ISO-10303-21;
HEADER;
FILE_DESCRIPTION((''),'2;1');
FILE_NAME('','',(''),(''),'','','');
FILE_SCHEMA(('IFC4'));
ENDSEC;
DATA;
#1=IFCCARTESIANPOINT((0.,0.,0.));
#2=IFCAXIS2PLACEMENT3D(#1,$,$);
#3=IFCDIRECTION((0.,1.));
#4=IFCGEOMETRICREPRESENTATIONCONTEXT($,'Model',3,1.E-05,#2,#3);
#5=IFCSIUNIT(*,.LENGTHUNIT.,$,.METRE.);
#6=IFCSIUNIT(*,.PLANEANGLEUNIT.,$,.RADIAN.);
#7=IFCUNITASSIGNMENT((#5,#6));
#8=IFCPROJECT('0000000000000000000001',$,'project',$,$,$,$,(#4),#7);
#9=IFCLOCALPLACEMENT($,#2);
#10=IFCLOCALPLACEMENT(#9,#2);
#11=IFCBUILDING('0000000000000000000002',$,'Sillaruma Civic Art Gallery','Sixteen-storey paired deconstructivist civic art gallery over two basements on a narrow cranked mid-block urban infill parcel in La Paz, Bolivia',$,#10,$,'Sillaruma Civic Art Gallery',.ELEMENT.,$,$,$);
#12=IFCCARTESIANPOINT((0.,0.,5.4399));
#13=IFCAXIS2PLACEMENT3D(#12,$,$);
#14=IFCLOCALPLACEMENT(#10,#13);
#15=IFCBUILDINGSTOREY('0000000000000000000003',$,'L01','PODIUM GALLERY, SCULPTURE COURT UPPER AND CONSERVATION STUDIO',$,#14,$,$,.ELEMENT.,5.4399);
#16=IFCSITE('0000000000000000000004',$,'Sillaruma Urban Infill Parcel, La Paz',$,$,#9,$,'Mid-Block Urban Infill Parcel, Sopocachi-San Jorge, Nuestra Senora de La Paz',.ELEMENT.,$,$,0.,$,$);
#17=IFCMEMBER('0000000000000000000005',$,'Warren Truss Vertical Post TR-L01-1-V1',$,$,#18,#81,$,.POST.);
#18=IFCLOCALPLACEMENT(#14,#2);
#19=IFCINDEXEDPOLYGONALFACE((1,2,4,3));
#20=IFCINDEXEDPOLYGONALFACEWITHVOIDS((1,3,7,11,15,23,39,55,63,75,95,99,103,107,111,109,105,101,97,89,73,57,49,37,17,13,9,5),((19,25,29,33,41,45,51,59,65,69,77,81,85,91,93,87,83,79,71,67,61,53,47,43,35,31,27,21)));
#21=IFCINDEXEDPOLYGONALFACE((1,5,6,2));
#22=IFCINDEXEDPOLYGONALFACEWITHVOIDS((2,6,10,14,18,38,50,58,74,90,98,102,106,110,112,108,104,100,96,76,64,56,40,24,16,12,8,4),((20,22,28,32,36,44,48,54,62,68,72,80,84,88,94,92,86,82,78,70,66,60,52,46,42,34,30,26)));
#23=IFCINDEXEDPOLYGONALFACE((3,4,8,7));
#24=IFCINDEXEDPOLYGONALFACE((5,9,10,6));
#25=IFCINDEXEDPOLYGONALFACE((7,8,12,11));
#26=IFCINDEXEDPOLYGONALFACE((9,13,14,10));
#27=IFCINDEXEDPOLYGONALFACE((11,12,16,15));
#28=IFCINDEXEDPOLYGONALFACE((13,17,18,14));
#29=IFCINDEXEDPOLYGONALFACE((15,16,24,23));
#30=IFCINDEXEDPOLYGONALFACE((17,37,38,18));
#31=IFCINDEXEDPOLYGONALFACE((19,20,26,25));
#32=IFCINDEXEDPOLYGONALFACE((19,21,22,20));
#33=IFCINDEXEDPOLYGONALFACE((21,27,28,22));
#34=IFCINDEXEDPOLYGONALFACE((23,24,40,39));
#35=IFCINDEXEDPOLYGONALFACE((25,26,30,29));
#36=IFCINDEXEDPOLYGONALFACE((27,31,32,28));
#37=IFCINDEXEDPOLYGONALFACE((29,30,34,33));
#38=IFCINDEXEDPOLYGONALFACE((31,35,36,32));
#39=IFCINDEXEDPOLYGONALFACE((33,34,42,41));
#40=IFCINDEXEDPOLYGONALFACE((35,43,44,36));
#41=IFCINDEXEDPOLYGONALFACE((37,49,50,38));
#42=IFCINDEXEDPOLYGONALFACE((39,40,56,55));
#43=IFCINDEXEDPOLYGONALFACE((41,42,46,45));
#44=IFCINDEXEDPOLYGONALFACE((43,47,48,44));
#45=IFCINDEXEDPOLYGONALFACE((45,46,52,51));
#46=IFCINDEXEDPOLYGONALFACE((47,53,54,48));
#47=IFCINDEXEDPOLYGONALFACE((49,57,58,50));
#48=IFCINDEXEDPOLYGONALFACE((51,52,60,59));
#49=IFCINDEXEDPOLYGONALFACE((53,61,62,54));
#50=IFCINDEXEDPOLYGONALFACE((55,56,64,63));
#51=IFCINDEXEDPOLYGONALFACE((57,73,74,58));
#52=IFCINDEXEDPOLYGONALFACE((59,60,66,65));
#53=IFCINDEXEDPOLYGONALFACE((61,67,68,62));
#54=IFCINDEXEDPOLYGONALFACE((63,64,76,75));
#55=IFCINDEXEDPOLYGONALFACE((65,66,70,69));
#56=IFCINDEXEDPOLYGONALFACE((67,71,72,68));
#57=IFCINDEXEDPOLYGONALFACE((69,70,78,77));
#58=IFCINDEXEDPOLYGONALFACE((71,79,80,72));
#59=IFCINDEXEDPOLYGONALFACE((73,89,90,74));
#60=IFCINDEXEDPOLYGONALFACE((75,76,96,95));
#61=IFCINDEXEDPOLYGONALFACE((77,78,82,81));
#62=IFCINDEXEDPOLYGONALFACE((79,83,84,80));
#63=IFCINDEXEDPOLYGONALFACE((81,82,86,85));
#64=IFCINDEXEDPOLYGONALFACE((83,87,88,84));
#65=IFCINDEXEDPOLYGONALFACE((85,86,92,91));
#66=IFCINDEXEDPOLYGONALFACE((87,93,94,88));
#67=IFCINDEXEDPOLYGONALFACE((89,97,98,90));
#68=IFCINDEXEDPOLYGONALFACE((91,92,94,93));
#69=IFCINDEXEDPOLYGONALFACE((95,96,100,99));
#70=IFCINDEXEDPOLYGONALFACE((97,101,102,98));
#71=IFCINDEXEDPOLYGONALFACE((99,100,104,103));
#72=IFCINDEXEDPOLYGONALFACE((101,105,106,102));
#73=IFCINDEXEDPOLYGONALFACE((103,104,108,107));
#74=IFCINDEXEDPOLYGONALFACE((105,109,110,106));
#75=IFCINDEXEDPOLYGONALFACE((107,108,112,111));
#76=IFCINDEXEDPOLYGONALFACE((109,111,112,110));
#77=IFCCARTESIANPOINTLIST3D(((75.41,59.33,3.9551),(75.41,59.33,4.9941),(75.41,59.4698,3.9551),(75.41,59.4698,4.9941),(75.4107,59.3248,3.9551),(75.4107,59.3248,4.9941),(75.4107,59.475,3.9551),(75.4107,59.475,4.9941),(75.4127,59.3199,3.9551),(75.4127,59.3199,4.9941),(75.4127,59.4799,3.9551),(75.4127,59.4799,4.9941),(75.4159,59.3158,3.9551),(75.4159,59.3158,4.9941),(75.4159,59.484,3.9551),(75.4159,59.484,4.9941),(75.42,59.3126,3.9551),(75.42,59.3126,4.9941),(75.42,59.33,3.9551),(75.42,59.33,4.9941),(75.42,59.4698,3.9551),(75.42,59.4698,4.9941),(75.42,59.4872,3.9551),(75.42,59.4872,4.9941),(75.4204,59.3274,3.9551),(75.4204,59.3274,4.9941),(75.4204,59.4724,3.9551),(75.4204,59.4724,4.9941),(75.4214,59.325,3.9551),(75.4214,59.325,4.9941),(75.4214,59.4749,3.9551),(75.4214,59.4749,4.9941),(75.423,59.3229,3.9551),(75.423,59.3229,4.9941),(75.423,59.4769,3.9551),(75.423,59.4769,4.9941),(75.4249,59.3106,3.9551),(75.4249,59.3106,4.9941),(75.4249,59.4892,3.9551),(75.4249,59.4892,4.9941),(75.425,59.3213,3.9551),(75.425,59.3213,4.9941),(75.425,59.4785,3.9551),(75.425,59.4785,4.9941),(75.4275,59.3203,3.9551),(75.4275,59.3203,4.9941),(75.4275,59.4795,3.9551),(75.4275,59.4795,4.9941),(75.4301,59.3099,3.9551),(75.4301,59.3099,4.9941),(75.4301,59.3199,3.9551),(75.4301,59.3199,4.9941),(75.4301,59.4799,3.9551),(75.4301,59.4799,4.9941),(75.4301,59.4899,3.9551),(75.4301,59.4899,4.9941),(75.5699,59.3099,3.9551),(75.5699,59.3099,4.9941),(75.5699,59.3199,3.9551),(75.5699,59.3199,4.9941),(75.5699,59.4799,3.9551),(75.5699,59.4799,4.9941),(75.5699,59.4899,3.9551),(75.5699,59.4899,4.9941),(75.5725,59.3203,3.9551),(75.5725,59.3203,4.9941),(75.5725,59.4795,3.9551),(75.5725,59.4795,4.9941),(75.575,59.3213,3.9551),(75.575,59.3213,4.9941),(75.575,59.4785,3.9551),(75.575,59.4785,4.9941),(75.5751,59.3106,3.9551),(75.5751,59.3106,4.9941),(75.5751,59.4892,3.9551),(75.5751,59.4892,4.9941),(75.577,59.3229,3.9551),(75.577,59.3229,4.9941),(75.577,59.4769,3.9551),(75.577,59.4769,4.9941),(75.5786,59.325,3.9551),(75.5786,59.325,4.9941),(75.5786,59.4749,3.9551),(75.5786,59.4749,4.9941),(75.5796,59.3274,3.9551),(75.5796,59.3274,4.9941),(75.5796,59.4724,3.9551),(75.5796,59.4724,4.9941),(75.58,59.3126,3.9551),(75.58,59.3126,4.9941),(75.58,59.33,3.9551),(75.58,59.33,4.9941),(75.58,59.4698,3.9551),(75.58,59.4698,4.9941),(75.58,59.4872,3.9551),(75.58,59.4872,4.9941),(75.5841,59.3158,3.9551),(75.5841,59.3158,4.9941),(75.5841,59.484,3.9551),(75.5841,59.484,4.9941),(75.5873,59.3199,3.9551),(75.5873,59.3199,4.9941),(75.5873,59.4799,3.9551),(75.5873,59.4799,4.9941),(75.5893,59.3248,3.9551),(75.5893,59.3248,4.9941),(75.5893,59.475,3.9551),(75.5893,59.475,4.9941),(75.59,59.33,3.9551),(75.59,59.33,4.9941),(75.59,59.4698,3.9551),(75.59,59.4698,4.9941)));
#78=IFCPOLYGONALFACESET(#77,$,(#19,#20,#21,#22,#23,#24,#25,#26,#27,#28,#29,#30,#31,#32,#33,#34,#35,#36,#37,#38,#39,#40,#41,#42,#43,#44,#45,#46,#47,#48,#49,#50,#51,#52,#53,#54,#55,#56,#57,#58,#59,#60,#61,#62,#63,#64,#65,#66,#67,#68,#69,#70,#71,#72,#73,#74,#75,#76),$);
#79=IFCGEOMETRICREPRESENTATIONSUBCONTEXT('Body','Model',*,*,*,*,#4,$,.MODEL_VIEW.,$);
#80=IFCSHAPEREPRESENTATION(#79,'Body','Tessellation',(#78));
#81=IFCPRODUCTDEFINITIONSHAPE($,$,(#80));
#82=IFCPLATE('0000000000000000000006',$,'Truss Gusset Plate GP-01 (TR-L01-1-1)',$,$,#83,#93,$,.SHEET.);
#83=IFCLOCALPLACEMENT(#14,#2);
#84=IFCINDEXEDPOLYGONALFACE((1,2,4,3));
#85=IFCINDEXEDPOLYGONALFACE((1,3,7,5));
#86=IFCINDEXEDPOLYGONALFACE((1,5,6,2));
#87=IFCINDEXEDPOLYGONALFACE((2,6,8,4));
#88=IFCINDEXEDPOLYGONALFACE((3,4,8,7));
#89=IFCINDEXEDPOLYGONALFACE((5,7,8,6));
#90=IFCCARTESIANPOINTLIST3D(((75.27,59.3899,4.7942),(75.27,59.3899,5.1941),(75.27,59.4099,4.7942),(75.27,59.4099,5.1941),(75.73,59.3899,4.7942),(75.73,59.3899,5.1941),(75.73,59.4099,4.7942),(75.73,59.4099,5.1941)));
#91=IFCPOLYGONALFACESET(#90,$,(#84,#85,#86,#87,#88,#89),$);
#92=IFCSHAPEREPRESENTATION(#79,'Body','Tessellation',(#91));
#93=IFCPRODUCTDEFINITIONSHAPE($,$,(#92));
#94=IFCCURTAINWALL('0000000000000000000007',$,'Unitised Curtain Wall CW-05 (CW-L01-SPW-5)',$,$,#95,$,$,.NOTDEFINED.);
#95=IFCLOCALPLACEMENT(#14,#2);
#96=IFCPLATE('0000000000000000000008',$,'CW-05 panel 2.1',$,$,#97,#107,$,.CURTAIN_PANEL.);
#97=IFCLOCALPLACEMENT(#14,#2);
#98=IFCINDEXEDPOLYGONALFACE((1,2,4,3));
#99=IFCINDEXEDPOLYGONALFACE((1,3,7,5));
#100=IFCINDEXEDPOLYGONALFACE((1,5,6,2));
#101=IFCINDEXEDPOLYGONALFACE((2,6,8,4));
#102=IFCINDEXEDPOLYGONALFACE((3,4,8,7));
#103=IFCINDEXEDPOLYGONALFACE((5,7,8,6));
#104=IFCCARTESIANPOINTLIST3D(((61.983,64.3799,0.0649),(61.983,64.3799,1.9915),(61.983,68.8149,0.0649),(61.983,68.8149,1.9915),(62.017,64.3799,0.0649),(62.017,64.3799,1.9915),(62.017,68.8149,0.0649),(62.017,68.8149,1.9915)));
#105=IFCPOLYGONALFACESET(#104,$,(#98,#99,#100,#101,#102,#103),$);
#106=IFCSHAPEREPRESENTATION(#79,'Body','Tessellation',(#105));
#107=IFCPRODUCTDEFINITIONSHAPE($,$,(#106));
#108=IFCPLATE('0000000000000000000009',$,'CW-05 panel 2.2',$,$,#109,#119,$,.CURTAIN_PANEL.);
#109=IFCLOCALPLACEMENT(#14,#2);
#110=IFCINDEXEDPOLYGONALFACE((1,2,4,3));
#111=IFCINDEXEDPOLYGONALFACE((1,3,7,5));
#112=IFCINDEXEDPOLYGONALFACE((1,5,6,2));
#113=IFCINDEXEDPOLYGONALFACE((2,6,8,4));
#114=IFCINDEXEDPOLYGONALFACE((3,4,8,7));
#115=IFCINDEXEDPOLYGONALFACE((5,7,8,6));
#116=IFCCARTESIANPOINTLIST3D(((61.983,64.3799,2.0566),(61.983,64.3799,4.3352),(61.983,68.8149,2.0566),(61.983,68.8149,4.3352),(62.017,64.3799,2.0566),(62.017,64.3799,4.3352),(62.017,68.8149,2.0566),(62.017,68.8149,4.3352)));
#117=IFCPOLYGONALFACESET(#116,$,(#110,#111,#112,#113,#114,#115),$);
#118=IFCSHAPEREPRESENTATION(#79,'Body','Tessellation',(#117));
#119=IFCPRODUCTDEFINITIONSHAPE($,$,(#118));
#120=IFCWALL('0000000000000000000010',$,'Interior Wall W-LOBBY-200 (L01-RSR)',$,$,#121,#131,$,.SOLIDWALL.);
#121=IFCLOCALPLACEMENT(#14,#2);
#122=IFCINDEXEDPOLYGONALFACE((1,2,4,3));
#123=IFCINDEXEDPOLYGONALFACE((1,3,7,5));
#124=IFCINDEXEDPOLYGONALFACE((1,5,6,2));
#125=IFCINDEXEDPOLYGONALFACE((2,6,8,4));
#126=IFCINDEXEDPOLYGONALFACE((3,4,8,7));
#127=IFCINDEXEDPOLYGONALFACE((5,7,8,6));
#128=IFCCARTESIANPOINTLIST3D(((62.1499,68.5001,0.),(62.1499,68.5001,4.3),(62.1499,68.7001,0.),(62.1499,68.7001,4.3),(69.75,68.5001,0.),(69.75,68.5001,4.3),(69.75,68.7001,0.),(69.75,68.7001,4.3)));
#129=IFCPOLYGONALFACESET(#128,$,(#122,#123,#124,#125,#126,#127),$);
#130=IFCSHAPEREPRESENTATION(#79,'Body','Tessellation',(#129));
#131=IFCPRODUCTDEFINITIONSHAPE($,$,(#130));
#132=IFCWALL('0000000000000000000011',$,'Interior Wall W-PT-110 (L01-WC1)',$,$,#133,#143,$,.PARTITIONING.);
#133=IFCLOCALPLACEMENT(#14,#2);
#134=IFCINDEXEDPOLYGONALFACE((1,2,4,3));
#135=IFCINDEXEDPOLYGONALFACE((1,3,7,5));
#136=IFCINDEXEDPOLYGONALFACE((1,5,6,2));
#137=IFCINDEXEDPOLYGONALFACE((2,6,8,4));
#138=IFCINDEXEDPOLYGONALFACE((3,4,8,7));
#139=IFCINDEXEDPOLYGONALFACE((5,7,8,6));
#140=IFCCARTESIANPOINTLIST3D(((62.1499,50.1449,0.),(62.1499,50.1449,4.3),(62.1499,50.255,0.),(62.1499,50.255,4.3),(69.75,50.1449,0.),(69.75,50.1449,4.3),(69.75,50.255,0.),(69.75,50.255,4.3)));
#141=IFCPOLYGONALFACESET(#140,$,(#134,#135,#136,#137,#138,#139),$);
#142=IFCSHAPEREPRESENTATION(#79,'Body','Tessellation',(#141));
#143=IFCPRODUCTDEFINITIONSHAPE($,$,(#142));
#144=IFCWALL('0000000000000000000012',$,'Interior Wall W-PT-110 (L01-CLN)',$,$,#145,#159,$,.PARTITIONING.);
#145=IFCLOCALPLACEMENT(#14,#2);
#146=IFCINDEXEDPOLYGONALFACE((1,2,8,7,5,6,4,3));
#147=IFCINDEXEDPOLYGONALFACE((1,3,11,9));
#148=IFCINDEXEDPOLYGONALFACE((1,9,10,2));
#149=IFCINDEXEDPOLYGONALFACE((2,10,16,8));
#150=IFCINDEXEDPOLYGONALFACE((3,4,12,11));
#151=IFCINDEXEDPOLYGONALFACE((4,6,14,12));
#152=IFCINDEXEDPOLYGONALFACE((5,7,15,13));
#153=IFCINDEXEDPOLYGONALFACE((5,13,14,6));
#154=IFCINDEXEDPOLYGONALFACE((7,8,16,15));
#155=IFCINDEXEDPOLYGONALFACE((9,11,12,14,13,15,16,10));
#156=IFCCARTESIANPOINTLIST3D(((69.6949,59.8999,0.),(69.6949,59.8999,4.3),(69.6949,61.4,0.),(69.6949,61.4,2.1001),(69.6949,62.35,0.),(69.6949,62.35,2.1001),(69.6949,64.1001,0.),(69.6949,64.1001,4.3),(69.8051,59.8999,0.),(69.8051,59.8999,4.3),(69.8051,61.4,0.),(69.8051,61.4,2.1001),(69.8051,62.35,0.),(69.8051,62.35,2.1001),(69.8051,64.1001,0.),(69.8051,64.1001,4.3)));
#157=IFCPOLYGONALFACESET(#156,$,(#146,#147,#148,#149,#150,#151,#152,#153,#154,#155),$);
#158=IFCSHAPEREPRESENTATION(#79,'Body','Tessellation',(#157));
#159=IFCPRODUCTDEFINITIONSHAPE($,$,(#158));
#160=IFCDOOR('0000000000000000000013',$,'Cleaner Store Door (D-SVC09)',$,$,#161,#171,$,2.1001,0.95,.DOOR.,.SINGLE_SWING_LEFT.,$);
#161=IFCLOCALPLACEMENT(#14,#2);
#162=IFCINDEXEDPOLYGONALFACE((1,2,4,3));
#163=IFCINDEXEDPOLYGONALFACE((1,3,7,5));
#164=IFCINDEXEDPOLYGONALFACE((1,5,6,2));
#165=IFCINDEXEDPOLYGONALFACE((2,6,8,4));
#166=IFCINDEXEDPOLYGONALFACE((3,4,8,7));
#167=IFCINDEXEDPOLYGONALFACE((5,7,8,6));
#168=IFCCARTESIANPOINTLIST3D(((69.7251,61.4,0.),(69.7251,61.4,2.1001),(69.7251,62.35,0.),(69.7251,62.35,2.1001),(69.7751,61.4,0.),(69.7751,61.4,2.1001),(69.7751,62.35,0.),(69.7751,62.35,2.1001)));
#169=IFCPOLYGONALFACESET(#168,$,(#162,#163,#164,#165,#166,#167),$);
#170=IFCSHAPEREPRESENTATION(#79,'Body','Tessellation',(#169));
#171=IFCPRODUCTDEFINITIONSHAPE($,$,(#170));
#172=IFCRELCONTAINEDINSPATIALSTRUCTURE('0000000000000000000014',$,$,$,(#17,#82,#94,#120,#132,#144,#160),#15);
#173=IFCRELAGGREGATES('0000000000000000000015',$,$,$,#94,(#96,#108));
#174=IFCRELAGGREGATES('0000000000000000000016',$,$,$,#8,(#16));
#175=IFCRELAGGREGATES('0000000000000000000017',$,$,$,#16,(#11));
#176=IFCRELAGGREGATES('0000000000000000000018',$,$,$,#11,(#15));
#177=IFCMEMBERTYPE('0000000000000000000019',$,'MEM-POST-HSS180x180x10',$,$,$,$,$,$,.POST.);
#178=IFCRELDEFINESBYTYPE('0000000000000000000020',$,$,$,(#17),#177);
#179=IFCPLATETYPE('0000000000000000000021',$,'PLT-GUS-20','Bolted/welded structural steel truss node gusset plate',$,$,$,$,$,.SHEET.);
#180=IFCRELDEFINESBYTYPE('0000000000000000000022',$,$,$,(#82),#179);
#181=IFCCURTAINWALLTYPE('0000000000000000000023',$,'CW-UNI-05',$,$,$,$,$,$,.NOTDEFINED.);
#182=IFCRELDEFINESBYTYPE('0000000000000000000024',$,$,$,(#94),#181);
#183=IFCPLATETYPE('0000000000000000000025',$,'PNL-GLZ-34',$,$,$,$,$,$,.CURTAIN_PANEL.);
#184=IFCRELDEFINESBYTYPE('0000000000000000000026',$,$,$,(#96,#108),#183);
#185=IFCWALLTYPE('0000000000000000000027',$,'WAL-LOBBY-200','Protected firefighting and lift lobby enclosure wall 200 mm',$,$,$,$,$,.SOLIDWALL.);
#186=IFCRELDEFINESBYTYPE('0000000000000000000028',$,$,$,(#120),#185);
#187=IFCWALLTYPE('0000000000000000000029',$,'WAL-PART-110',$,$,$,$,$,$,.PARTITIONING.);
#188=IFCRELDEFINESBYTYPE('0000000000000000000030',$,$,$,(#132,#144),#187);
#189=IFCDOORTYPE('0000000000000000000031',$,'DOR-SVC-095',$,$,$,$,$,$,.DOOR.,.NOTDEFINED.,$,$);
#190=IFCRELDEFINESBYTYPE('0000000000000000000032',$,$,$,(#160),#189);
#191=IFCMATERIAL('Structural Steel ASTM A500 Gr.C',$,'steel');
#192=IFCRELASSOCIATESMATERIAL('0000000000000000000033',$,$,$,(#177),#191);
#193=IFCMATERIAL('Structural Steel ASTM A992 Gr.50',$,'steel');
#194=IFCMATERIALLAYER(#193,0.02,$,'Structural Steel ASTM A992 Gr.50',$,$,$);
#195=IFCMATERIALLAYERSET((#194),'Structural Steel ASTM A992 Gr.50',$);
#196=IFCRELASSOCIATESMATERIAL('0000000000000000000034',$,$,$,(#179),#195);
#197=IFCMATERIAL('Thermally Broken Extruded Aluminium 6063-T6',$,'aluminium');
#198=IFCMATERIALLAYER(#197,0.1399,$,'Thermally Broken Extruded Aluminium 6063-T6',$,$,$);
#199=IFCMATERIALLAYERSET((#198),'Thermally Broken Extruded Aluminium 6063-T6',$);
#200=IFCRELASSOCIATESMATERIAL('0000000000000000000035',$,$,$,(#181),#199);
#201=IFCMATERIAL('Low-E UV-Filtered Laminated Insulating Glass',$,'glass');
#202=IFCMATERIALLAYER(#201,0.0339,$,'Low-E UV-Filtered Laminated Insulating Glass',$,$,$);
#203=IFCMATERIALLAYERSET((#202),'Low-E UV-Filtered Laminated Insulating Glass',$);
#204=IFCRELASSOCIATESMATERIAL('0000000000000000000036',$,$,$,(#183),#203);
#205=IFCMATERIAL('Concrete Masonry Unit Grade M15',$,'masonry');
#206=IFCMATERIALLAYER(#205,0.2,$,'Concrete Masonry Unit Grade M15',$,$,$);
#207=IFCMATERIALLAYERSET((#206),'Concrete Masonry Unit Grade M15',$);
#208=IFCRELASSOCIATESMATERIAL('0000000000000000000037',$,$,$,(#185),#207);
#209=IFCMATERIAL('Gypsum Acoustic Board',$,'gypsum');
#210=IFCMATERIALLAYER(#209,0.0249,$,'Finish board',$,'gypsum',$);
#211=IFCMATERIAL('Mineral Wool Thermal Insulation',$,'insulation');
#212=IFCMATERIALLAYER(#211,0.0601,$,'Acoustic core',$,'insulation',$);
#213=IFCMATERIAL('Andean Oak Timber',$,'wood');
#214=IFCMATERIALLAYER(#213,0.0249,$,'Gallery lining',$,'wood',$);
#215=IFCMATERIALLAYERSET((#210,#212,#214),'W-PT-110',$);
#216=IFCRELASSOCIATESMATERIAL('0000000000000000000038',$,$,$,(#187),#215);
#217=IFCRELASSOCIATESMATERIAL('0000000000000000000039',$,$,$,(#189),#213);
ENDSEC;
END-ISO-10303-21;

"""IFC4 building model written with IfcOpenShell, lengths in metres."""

from ifc_helpers import new_model, si_unit, direction, frame, frame_2d, origin, origin_2d, place, context, subcontext, project, spatial, rectangle, hollow_rectangle, extrude, material, layer, layer_set, material_profile, profile_set, type_object, element, fill, aggregate, save


model = new_model("IFC4")

# Units and contexts
model_context = context("Model", 3, precision=1e-05, world=origin(), true_north=direction((0.0, 1.0)))
body_context = subcontext(model_context, "Body", "Model", "MODEL_VIEW")
ifc_project = project(units=[si_unit("LENGTHUNIT", "METRE"), si_unit("PLANEANGLEUNIT", "RADIAN")], contexts=[model_context])

# Site, building, storey
site_placement = place(None, origin())
site = spatial("IfcSite", under=ifc_project, at=site_placement, Name="Sillaruma Urban Infill Parcel, La Paz", LongName="Mid-Block Urban Infill Parcel, Sopocachi-San Jorge, Nuestra Senora de La Paz", CompositionType="ELEMENT", RefElevation=0.0)
building_placement = place(site_placement, origin())
building = spatial("IfcBuilding", under=site, at=building_placement, Name="Sillaruma Civic Art Gallery", Description="Sixteen-storey paired deconstructivist civic art gallery over two basements on a narrow cranked mid-block urban infill parcel in La Paz, Bolivia", LongName="Sillaruma Civic Art Gallery", CompositionType="ELEMENT")
storey_placement = place(building_placement, frame((0.0, 0.0, 5.4399)))
storey = spatial("IfcBuildingStorey", under=building, at=storey_placement, Name="L01", Description="PODIUM GALLERY, SCULPTURE COURT UPPER AND CONSERVATION STUDIO", CompositionType="ELEMENT", Elevation=5.4399)

# Member
ifc_material_1 = material(Name="Structural Steel ASTM A500 Gr.C", Category="steel")
ifc_material_profile_1 = material_profile(ifc_material_1, hollow_rectangle(XDim=0.1799, YDim=0.1799, WallThickness=0.01, InnerFilletRadius=0.01, OuterFilletRadius=0.02, at=origin_2d()), Name="HSS180x180x10")
ifc_profile_set_1 = profile_set([ifc_material_profile_1], Name="Structural Steel ASTM A500 Gr.C")
member_type_1 = type_object("IfcMemberType", Name="MEM-POST-HSS180x180x10", PredefinedType="POST", material=ifc_profile_set_1)
member_1_placement = place(storey_placement, frame((75.5, 59.3999, 3.9551), z_axis=(0.0, 0.0, 1.0), x_axis=(1.0, 0.0, 0.0)))
element("IfcMember", 1, at=member_1_placement, inside=storey, type_object=member_type_1, Name="Warren Truss Vertical Post TR-L01-1-V1", PredefinedType="POST", context=body_context, shape_type="SweptSolid", body=[
    extrude(hollow_rectangle(XDim=0.1799, YDim=0.1799, WallThickness=0.01, InnerFilletRadius=0.01, OuterFilletRadius=0.02, at=origin_2d()), origin(), (0.0, 0.0, 1.0), 1.0391),
])

# Plate
ifc_material_2 = material(Name="Structural Steel ASTM A992 Gr.50", Category="steel")
ifc_layer_1 = layer(ifc_material_2, 0.02, Name="Structural Steel ASTM A992 Gr.50")
ifc_layer_set_1 = layer_set([ifc_layer_1], Name="Structural Steel ASTM A992 Gr.50")
plate_type_1 = type_object("IfcPlateType", Name="PLT-GUS-20", Description="Bolted/welded structural steel truss node gusset plate", PredefinedType="SHEET", material=ifc_layer_set_1)
plate_1_placement = place(storey_placement, frame((75.5, 59.3999, 4.7942), z_axis=(0.0, 0.0, 1.0), x_axis=(1.0, 0.0, 0.0)))
element("IfcPlate", 2, at=plate_1_placement, inside=storey, type_object=plate_type_1, Name="Truss Gusset Plate GP-01 (TR-L01-1-1)", PredefinedType="SHEET", context=body_context, shape_type="SweptSolid", body=[
    extrude(rectangle(XDim=0.46, YDim=0.02, at=origin_2d()), origin(), (0.0, 0.0, 1.0), 0.3999),
])

# Curtain wall, plates
ifc_material_3 = material(Name="Thermally Broken Extruded Aluminium 6063-T6", Category="aluminium")
ifc_layer_2 = layer(ifc_material_3, 0.1399, Name="Thermally Broken Extruded Aluminium 6063-T6")
ifc_layer_set_2 = layer_set([ifc_layer_2], Name="Thermally Broken Extruded Aluminium 6063-T6")
curtain_wall_type = type_object("IfcCurtainWallType", Name="CW-UNI-05", PredefinedType="NOTDEFINED", material=ifc_layer_set_2)
curtain_wall_placement = place(storey_placement, origin())
curtain_wall = element("IfcCurtainWall", 3, at=curtain_wall_placement, inside=storey, type_object=curtain_wall_type, Name="Unitised Curtain Wall CW-05 (CW-L01-SPW-5)", PredefinedType="NOTDEFINED")
ifc_material_4 = material(Name="Low-E UV-Filtered Laminated Insulating Glass", Category="glass")
ifc_layer_3 = layer(ifc_material_4, 0.0339, Name="Low-E UV-Filtered Laminated Insulating Glass")
ifc_layer_set_3 = layer_set([ifc_layer_3], Name="Low-E UV-Filtered Laminated Insulating Glass")
plate_type_2 = type_object("IfcPlateType", Name="PNL-GLZ-34", PredefinedType="CURTAIN_PANEL", material=ifc_layer_set_3)
plate_2_placement = place(storey_placement, frame((62.0, 66.5974, 0.0649), z_axis=(0.0, 0.0, 1.0), x_axis=(0.0, 1.0, 0.0)))
plate_2 = element("IfcPlate", 4, at=plate_2_placement, type_object=plate_type_2, Name="CW-05 panel 2.1", PredefinedType="CURTAIN_PANEL", context=body_context, shape_type="SweptSolid", body=[
    extrude(rectangle(XDim=4.4351, YDim=0.0339, at=origin_2d()), origin(), (0.0, 0.0, 1.0), 1.9265),
])
plate_3_placement = place(storey_placement, frame((62.0, 66.5974, 2.0566), z_axis=(0.0, 0.0, 1.0), x_axis=(0.0, 1.0, 0.0)))
plate_3 = element("IfcPlate", 5, at=plate_3_placement, type_object=plate_type_2, Name="CW-05 panel 2.2", PredefinedType="CURTAIN_PANEL", context=body_context, shape_type="SweptSolid", body=[
    extrude(rectangle(XDim=4.4351, YDim=0.0339, at=origin_2d()), origin(), (0.0, 0.0, 1.0), 2.2786),
])
aggregate(curtain_wall, [plate_2, plate_3])

# Wall
ifc_material_5 = material(Name="Concrete Masonry Unit Grade M15", Category="masonry")
ifc_layer_4 = layer(ifc_material_5, 0.2, Name="Concrete Masonry Unit Grade M15")
ifc_layer_set_4 = layer_set([ifc_layer_4], Name="Concrete Masonry Unit Grade M15")
wall_type_1 = type_object("IfcWallType", Name="WAL-LOBBY-200", Description="Protected firefighting and lift lobby enclosure wall 200 mm", PredefinedType="SOLIDWALL", material=ifc_layer_set_4)
wall_1_placement = place(storey_placement, frame((62.1499, 68.6001, 0.0), z_axis=(0.0, 0.0, 1.0), x_axis=(1.0, 0.0, 0.0)))
element("IfcWall", 6, at=wall_1_placement, inside=storey, type_object=wall_type_1, Name="Interior Wall W-LOBBY-200 (L01-RSR)", PredefinedType="SOLIDWALL", context=body_context, shape_type="SweptSolid", body=[
    extrude(rectangle(XDim=7.6001, YDim=0.2, at=frame_2d((3.8, 0.0))), origin(), (0.0, 0.0, 1.0), 4.3),
])

# Wall
ifc_material_6 = material(Name="Gypsum Acoustic Board", Category="gypsum")
ifc_layer_5 = layer(ifc_material_6, 0.0249, Name="Finish board", Category="gypsum")
ifc_material_7 = material(Name="Mineral Wool Thermal Insulation", Category="insulation")
ifc_layer_6 = layer(ifc_material_7, 0.0601, Name="Acoustic core", Category="insulation")
ifc_material_8 = material(Name="Andean Oak Timber", Category="wood")
ifc_layer_7 = layer(ifc_material_8, 0.0249, Name="Gallery lining", Category="wood")
ifc_layer_set_5 = layer_set([ifc_layer_5, ifc_layer_6, ifc_layer_7], Name="W-PT-110")
wall_type_2 = type_object("IfcWallType", Name="WAL-PART-110", PredefinedType="PARTITIONING", material=ifc_layer_set_5)
wall_2_placement = place(storey_placement, frame((62.1499, 50.2, 0.0), z_axis=(0.0, 0.0, 1.0), x_axis=(1.0, 0.0, 0.0)))
element("IfcWall", 7, at=wall_2_placement, inside=storey, type_object=wall_type_2, Name="Interior Wall W-PT-110 (L01-WC1)", PredefinedType="PARTITIONING", context=body_context, shape_type="SweptSolid", body=[
    extrude(rectangle(XDim=7.6001, YDim=0.1101, at=frame_2d((3.8, 0.0))), origin(), (0.0, 0.0, 1.0), 4.3),
])

# Wall, opening, door
wall_3_placement = place(storey_placement, frame((69.75, 59.8999, 0.0), z_axis=(0.0, 0.0, 1.0), x_axis=(0.0, 1.0, 0.0)))
wall_3 = element("IfcWall", 8, at=wall_3_placement, inside=storey, type_object=wall_type_2, Name="Interior Wall W-PT-110 (L01-CLN)", PredefinedType="PARTITIONING", context=body_context, shape_type="SweptSolid", body=[
    extrude(rectangle(XDim=4.2002, YDim=0.1101, at=frame_2d((2.1001, 0.0))), origin(), (0.0, 0.0, 1.0), 4.3),
])
opening_1_placement = place(wall_3_placement, frame((1.5, 0.0, 0.0)))
opening_1 = element("IfcOpeningElement", 9, at=opening_1_placement, cuts=wall_3, PredefinedType="OPENING", context=body_context, shape_type="SweptSolid", body=[
    extrude(rectangle(XDim=0.95, YDim=2.1001, at=frame_2d((0.4751, 1.05))), frame((0.0, 0.0649, 0.0), z_axis=(0.0, -1.0, 0.0), x_axis=(1.0, 0.0, 0.0)), (0.0, 0.0, 1.0), 0.1301),
])
door_type_1 = type_object("IfcDoorType", Name="DOR-SVC-095", OperationType="NOTDEFINED", PredefinedType="DOOR", material=ifc_material_8)
door_1_placement = place(opening_1_placement, origin())
door_1 = element("IfcDoor", 10, at=door_1_placement, inside=storey, type_object=door_type_1, Name="Cleaner Store Door (D-SVC09)", OperationType="SINGLE_SWING_LEFT", OverallHeight=2.1001, OverallWidth=0.95, PredefinedType="DOOR", context=body_context, shape_type="SweptSolid", body=[
    extrude(rectangle(XDim=0.95, YDim=2.1001, at=frame_2d((0.4751, 1.05))), frame((0.0, 0.0249, 0.0), z_axis=(0.0, -1.0, 0.0), x_axis=(1.0, 0.0, 0.0)), (0.0, 0.0, 1.0), 0.05),
])
fill(opening_1, door_1)

save(model, "model.ifc")
